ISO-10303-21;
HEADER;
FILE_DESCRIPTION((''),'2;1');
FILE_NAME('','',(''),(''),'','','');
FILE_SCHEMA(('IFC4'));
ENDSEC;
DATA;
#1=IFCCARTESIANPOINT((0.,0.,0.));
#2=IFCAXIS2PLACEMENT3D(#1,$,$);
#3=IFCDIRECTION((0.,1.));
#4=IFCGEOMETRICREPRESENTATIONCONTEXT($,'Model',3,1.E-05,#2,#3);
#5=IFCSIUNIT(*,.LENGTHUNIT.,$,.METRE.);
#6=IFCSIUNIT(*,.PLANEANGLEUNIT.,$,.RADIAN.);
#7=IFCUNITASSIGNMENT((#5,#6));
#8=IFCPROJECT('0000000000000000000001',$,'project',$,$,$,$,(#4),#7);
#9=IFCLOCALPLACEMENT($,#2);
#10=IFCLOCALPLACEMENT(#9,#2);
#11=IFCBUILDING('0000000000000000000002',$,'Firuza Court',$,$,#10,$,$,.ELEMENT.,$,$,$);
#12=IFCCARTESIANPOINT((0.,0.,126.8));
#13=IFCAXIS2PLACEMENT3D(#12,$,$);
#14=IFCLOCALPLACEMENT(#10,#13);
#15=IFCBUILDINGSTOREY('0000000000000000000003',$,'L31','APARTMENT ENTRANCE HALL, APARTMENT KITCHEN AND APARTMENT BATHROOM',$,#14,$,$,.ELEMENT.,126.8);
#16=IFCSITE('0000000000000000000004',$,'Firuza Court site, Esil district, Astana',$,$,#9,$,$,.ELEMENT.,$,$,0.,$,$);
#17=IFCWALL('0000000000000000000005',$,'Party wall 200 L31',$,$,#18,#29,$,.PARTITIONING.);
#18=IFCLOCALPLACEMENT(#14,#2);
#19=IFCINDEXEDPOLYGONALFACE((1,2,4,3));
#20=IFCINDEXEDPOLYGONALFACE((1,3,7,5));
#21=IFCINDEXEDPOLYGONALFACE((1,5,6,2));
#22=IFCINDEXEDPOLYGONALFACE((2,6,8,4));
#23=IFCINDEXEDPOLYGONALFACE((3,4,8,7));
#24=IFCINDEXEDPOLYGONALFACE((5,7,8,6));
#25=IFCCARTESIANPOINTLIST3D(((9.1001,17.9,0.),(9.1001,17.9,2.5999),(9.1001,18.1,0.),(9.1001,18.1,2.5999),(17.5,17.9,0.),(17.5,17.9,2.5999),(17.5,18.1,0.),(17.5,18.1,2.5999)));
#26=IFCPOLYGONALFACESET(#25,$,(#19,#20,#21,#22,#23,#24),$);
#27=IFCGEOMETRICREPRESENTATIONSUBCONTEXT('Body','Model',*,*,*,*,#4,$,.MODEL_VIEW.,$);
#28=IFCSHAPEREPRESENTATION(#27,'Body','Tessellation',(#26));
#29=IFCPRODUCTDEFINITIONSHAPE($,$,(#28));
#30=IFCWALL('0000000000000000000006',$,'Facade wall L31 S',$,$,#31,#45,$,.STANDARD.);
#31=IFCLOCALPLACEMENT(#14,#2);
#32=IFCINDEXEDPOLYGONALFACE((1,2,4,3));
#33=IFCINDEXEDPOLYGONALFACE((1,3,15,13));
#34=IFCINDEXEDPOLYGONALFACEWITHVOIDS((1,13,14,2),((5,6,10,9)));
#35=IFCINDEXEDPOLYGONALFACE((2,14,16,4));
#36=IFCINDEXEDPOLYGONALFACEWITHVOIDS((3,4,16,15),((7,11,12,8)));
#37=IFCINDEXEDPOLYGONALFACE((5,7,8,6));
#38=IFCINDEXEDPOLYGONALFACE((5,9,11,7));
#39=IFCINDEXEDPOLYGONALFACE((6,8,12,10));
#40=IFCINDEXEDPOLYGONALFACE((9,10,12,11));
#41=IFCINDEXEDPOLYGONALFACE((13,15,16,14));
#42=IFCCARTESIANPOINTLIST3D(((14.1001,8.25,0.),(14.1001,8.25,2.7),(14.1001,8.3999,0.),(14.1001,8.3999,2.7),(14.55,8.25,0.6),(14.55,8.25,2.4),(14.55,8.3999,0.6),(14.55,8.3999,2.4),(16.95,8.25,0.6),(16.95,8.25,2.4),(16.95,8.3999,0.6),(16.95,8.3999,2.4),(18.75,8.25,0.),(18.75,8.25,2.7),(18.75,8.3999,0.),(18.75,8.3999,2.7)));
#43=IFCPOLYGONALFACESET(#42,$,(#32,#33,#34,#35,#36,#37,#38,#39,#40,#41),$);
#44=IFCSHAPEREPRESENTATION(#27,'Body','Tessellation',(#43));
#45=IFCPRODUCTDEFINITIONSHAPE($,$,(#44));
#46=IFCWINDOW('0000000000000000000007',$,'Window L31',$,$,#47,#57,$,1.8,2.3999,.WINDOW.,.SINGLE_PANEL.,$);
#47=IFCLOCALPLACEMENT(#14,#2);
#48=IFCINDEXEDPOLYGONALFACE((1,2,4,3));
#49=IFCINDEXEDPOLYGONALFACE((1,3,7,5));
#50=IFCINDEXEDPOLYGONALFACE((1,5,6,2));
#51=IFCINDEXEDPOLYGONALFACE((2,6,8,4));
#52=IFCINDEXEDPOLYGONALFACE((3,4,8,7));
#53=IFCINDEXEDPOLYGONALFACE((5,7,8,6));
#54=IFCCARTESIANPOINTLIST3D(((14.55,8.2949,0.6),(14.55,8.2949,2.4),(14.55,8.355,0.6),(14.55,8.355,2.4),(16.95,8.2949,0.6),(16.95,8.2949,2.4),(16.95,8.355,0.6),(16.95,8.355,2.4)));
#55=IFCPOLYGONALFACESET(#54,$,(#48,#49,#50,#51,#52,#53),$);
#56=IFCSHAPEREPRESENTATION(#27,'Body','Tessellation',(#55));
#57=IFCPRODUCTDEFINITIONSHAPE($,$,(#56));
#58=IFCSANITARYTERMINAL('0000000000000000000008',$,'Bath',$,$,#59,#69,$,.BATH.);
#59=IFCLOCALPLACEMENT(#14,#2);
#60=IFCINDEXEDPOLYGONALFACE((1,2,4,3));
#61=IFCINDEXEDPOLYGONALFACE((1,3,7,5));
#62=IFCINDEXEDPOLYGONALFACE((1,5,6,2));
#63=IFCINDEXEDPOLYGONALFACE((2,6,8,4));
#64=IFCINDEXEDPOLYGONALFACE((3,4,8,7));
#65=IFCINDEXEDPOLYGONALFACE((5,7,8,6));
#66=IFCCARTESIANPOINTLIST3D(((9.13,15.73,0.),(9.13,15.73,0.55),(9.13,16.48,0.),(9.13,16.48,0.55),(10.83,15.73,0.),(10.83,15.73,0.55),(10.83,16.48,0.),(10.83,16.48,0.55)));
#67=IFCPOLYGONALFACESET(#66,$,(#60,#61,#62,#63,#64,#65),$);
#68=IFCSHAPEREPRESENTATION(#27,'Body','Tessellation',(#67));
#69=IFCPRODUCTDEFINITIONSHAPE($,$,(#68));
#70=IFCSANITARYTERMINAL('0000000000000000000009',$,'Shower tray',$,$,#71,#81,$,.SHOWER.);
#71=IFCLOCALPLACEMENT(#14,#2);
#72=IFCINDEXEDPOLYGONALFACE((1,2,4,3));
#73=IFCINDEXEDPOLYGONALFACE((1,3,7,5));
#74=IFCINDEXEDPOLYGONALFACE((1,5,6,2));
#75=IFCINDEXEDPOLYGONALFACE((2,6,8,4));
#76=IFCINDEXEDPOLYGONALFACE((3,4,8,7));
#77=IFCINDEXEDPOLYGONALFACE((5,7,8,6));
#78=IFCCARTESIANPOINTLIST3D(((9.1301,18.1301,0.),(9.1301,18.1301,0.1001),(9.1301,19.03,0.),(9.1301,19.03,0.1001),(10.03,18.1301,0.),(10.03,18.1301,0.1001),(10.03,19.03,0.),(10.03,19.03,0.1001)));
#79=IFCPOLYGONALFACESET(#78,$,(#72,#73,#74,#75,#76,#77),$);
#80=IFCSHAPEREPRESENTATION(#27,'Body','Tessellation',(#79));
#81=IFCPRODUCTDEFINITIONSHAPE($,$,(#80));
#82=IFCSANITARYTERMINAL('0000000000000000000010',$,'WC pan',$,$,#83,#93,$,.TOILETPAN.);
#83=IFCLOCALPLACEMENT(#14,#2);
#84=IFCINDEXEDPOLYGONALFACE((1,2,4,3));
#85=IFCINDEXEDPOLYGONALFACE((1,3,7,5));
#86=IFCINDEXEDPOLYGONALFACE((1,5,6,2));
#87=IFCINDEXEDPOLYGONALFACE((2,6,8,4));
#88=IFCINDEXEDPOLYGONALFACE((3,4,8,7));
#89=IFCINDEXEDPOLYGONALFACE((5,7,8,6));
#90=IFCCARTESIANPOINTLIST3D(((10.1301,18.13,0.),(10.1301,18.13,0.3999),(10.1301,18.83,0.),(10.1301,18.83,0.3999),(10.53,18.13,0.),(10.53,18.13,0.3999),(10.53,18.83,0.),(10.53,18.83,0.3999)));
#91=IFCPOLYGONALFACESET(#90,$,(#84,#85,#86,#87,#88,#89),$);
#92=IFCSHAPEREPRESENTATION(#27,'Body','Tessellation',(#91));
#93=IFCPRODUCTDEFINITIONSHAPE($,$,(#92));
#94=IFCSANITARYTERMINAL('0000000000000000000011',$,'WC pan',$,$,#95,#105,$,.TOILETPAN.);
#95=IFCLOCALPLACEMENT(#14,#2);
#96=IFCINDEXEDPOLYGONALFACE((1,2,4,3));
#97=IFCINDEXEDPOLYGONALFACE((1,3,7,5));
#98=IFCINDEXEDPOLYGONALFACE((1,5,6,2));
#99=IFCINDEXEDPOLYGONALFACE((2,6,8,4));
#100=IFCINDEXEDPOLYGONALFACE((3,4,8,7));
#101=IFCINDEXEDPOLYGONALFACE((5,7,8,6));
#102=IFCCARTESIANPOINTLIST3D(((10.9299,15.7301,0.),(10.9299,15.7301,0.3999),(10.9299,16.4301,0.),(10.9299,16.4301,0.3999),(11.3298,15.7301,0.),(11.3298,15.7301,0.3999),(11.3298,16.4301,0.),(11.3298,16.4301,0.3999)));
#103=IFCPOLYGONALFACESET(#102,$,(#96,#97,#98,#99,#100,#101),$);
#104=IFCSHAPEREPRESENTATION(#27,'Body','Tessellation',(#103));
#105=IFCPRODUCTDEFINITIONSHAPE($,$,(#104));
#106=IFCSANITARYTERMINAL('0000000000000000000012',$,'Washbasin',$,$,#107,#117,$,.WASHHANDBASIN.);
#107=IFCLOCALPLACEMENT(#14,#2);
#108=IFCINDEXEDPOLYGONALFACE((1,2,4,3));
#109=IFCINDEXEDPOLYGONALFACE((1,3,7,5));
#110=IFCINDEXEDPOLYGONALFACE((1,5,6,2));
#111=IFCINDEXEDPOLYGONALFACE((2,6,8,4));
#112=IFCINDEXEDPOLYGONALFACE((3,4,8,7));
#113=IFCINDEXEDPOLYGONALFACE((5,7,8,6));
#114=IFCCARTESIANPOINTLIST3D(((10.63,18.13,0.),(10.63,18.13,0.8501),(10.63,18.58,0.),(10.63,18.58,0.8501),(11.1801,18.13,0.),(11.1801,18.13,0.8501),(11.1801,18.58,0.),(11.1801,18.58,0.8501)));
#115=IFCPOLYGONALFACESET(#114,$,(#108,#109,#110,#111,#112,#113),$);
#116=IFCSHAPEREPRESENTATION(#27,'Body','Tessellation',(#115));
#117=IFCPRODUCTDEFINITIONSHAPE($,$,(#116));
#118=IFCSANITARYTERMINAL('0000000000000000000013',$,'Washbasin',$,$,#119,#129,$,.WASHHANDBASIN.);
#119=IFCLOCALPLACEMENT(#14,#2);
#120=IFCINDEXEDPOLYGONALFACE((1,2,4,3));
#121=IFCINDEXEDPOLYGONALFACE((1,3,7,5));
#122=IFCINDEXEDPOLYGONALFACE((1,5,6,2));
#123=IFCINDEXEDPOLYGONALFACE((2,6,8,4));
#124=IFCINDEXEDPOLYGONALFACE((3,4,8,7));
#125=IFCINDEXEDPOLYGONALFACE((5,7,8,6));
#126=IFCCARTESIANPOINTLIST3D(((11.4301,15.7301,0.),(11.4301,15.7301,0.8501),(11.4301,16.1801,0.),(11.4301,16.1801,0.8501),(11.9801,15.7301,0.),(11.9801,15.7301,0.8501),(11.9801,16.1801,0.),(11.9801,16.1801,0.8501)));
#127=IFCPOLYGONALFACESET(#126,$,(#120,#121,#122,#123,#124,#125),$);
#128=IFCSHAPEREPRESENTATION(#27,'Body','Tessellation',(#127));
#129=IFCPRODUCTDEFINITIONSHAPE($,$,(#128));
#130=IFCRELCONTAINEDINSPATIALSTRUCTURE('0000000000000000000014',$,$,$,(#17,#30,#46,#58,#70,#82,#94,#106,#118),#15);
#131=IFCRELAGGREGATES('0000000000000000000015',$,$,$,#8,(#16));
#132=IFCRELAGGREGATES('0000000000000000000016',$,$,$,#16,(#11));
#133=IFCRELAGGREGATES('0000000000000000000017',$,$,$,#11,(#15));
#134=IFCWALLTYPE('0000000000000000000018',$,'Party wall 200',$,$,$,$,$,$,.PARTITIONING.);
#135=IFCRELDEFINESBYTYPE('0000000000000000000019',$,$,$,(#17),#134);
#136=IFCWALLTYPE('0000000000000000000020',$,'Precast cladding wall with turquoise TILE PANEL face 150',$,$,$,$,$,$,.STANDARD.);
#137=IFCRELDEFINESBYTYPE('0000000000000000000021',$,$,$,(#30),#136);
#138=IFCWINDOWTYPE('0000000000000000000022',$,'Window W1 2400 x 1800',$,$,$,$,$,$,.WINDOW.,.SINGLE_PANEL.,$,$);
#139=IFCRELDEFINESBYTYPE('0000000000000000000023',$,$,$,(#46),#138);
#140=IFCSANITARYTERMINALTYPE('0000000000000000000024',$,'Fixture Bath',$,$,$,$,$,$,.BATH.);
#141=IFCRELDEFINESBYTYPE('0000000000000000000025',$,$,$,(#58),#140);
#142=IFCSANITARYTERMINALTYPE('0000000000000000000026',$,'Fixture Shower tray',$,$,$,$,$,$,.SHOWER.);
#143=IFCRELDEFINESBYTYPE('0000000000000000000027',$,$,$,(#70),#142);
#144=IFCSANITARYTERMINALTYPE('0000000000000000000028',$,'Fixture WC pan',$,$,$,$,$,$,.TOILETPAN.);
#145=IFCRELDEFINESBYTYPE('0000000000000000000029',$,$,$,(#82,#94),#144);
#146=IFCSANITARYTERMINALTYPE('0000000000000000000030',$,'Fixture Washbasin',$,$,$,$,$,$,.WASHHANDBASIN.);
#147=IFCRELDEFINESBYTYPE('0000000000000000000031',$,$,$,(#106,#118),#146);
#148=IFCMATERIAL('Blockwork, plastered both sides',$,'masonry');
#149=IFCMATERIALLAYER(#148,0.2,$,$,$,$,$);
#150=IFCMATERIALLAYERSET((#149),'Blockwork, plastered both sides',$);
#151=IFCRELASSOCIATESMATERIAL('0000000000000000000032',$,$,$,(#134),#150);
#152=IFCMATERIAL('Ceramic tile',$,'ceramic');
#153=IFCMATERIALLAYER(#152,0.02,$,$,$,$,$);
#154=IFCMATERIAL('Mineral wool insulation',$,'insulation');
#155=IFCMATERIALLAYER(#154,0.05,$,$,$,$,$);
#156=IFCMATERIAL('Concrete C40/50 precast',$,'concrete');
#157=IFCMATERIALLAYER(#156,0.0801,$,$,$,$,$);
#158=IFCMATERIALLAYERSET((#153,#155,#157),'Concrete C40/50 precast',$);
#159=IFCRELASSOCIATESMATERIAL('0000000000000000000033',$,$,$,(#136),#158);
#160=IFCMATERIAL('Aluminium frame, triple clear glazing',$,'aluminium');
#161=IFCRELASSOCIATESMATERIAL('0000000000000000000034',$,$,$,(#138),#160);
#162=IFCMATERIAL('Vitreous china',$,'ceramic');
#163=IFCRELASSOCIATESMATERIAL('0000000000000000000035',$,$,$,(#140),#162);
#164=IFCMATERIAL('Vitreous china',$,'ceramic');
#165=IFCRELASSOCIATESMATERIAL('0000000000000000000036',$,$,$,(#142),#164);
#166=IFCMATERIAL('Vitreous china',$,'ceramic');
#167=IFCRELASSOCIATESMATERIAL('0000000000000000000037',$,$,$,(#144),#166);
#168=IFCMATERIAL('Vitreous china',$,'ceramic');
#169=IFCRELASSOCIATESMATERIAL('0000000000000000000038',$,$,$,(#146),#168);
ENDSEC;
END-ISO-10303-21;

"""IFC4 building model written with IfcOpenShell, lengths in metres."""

from ifc_helpers import new_model, si_unit, direction, frame, frame_2d, origin, origin_2d, place, context, subcontext, project, spatial, rectangle, extrude, material, layer, layer_set, type_object, element, fill, save


model = new_model("IFC4")

# Units and contexts
model_context = context("Model", 3, precision=1e-05, world=origin(), true_north=direction((0.0, 1.0)))
body_context = subcontext(model_context, "Body", "Model", "MODEL_VIEW")
ifc_project = project(units=[si_unit("LENGTHUNIT", "METRE"), si_unit("PLANEANGLEUNIT", "RADIAN")], contexts=[model_context])

# Site, building, storey
site_placement = place(None, origin())
site = spatial("IfcSite", under=ifc_project, at=site_placement, Name="Firuza Court site, Esil district, Astana", CompositionType="ELEMENT", RefElevation=0.0)
building_placement = place(site_placement, origin())
building = spatial("IfcBuilding", under=site, at=building_placement, Name="Firuza Court", CompositionType="ELEMENT")
storey_placement = place(building_placement, frame((0.0, 0.0, 126.8)))
storey = spatial("IfcBuildingStorey", under=building, at=storey_placement, Name="L31", Description="APARTMENT ENTRANCE HALL, APARTMENT KITCHEN AND APARTMENT BATHROOM", CompositionType="ELEMENT", Elevation=126.8)

# Wall
ifc_material_1 = material(Name="Blockwork, plastered both sides", Category="masonry")
ifc_layer_1 = layer(ifc_material_1, 0.2)
ifc_layer_set_1 = layer_set([ifc_layer_1], Name="Blockwork, plastered both sides")
wall_type_1 = type_object("IfcWallType", Name="Party wall 200", PredefinedType="PARTITIONING", material=ifc_layer_set_1)
wall_1_placement = place(storey_placement, frame((9.1001, 18.0, 0.0), z_axis=(0.0, 0.0, 1.0), x_axis=(1.0, 0.0, 0.0)))
element("IfcWall", 1, at=wall_1_placement, inside=storey, type_object=wall_type_1, Name="Party wall 200 L31", PredefinedType="PARTITIONING", context=body_context, shape_type="SweptSolid", body=[
    extrude(rectangle(XDim=8.3999, YDim=0.2, at=frame_2d((4.2, 0.0))), origin(), (0.0, 0.0, 1.0), 2.5999),
])

# Wall, opening, window
ifc_material_2 = material(Name="Ceramic tile", Category="ceramic")
ifc_layer_2 = layer(ifc_material_2, 0.02)
ifc_material_3 = material(Name="Mineral wool insulation", Category="insulation")
ifc_layer_3 = layer(ifc_material_3, 0.05)
ifc_material_4 = material(Name="Concrete C40/50 precast", Category="concrete")
ifc_layer_4 = layer(ifc_material_4, 0.0801)
ifc_layer_set_2 = layer_set([ifc_layer_2, ifc_layer_3, ifc_layer_4], Name="Concrete C40/50 precast")
wall_type_2 = type_object("IfcWallType", Name="Precast cladding wall with turquoise TILE PANEL face 150", PredefinedType="STANDARD", material=ifc_layer_set_2)
wall_2_placement = place(storey_placement, frame((14.1001, 8.325, 0.0), z_axis=(0.0, 0.0, 1.0), x_axis=(1.0, 0.0, 0.0)))
wall_2 = element("IfcWall", 2, at=wall_2_placement, inside=storey, type_object=wall_type_2, Name="Facade wall L31 S", PredefinedType="STANDARD", context=body_context, shape_type="SweptSolid", body=[
    extrude(rectangle(XDim=4.6499, YDim=0.1499, at=frame_2d((2.325, 0.0))), origin(), (0.0, 0.0, 1.0), 2.7),
])
opening_1_placement = place(wall_2_placement, frame((0.45, 0.0, 0.6001)))
opening_1 = element("IfcOpeningElement", 3, at=opening_1_placement, cuts=wall_2, PredefinedType="OPENING", context=body_context, shape_type="SweptSolid", body=[
    extrude(rectangle(XDim=2.3999, YDim=1.8, at=frame_2d((1.2, 0.8999))), frame((0.0, 0.0869, 0.0), z_axis=(0.0, -1.0, 0.0), x_axis=(1.0, 0.0, 0.0)), (0.0, 0.0, 1.0), 0.1738),
])
ifc_material_5 = material(Name="Aluminium frame, triple clear glazing", Category="aluminium")
window_type = type_object("IfcWindowType", Name="Window W1 2400 x 1800", PartitioningType="SINGLE_PANEL", PredefinedType="WINDOW", material=ifc_material_5)
window_placement = place(opening_1_placement, origin())
window = element("IfcWindow", 4, at=window_placement, inside=storey, type_object=window_type, Name="Window L31", OverallHeight=1.8, OverallWidth=2.3999, PartitioningType="SINGLE_PANEL", PredefinedType="WINDOW", context=body_context, shape_type="SweptSolid", body=[
    extrude(rectangle(XDim=2.3999, YDim=1.8, at=frame_2d((1.2, 0.8999))), frame((0.0, 0.03, 0.0), z_axis=(0.0, -1.0, 0.0), x_axis=(1.0, 0.0, 0.0)), (0.0, 0.0, 1.0), 0.0601),
])
fill(opening_1, window)

# Sanitary terminals
ifc_material_6 = material(Name="Vitreous china", Category="ceramic")
sanitary_terminal_type_1 = type_object("IfcSanitaryTerminalType", Name="Fixture Bath", PredefinedType="BATH", material=ifc_material_6)
sanitary_terminal_1_placement = place(storey_placement, frame((9.98, 16.105, 0.0), z_axis=(0.0, 0.0, 1.0), x_axis=(1.0, 0.0, 0.0)))
element("IfcSanitaryTerminal", 5, at=sanitary_terminal_1_placement, inside=storey, type_object=sanitary_terminal_type_1, Name="Bath", PredefinedType="BATH", context=body_context, shape_type="SweptSolid", body=[
    extrude(rectangle(XDim=1.7, YDim=0.75, at=origin_2d()), origin(), (0.0, 0.0, 1.0), 0.55),
])
ifc_material_7 = material(Name="Vitreous china", Category="ceramic")
sanitary_terminal_type_2 = type_object("IfcSanitaryTerminalType", Name="Fixture Shower tray", PredefinedType="SHOWER", material=ifc_material_7)
sanitary_terminal_2_placement = place(storey_placement, frame((9.5801, 18.5801, 0.0), z_axis=(0.0, 0.0, 1.0), x_axis=(1.0, 0.0, 0.0)))
element("IfcSanitaryTerminal", 6, at=sanitary_terminal_2_placement, inside=storey, type_object=sanitary_terminal_type_2, Name="Shower tray", PredefinedType="SHOWER", context=body_context, shape_type="SweptSolid", body=[
    extrude(rectangle(XDim=0.8999, YDim=0.8999, at=origin_2d()), origin(), (0.0, 0.0, 1.0), 0.1001),
])
ifc_material_8 = material(Name="Vitreous china", Category="ceramic")
sanitary_terminal_type_3 = type_object("IfcSanitaryTerminalType", Name="Fixture WC pan", PredefinedType="TOILETPAN", material=ifc_material_8)
for number, where, z_axis, x_axis, name in (
    (7, (10.3301, 18.48, 0.0), (0.0, 0.0, 1.0), (1.0, 0.0, 0.0), "WC pan"),
    (8, (11.1299, 16.0801, 0.0), (0.0, 0.0, 1.0), (1.0, 0.0, 0.0), "WC pan"),
):
    element("IfcSanitaryTerminal", number, at=place(storey_placement, frame(where, z_axis=z_axis, x_axis=x_axis)), inside=storey, type_object=sanitary_terminal_type_3, Name=name, PredefinedType="TOILETPAN", context=body_context, shape_type="SweptSolid", body=[
        extrude(rectangle(XDim=0.3999, YDim=0.7, at=origin_2d()), origin(), (0.0, 0.0, 1.0), 0.3999),
    ])
ifc_material_9 = material(Name="Vitreous china", Category="ceramic")
sanitary_terminal_type_4 = type_object("IfcSanitaryTerminalType", Name="Fixture Washbasin", PredefinedType="WASHHANDBASIN", material=ifc_material_9)
for number, where, z_axis, x_axis, name in (
    (9, (10.905, 18.355, 0.0), (0.0, 0.0, 1.0), (1.0, 0.0, 0.0), "Washbasin"),
    (10, (11.7051, 15.9551, 0.0), (0.0, 0.0, 1.0), (1.0, 0.0, 0.0), "Washbasin"),
):
    element("IfcSanitaryTerminal", number, at=place(storey_placement, frame(where, z_axis=z_axis, x_axis=x_axis)), inside=storey, type_object=sanitary_terminal_type_4, Name=name, PredefinedType="WASHHANDBASIN", context=body_context, shape_type="SweptSolid", body=[
        extrude(rectangle(XDim=0.55, YDim=0.45, at=origin_2d()), origin(), (0.0, 0.0, 1.0), 0.8501),
    ])

save(model, "model.ifc")
